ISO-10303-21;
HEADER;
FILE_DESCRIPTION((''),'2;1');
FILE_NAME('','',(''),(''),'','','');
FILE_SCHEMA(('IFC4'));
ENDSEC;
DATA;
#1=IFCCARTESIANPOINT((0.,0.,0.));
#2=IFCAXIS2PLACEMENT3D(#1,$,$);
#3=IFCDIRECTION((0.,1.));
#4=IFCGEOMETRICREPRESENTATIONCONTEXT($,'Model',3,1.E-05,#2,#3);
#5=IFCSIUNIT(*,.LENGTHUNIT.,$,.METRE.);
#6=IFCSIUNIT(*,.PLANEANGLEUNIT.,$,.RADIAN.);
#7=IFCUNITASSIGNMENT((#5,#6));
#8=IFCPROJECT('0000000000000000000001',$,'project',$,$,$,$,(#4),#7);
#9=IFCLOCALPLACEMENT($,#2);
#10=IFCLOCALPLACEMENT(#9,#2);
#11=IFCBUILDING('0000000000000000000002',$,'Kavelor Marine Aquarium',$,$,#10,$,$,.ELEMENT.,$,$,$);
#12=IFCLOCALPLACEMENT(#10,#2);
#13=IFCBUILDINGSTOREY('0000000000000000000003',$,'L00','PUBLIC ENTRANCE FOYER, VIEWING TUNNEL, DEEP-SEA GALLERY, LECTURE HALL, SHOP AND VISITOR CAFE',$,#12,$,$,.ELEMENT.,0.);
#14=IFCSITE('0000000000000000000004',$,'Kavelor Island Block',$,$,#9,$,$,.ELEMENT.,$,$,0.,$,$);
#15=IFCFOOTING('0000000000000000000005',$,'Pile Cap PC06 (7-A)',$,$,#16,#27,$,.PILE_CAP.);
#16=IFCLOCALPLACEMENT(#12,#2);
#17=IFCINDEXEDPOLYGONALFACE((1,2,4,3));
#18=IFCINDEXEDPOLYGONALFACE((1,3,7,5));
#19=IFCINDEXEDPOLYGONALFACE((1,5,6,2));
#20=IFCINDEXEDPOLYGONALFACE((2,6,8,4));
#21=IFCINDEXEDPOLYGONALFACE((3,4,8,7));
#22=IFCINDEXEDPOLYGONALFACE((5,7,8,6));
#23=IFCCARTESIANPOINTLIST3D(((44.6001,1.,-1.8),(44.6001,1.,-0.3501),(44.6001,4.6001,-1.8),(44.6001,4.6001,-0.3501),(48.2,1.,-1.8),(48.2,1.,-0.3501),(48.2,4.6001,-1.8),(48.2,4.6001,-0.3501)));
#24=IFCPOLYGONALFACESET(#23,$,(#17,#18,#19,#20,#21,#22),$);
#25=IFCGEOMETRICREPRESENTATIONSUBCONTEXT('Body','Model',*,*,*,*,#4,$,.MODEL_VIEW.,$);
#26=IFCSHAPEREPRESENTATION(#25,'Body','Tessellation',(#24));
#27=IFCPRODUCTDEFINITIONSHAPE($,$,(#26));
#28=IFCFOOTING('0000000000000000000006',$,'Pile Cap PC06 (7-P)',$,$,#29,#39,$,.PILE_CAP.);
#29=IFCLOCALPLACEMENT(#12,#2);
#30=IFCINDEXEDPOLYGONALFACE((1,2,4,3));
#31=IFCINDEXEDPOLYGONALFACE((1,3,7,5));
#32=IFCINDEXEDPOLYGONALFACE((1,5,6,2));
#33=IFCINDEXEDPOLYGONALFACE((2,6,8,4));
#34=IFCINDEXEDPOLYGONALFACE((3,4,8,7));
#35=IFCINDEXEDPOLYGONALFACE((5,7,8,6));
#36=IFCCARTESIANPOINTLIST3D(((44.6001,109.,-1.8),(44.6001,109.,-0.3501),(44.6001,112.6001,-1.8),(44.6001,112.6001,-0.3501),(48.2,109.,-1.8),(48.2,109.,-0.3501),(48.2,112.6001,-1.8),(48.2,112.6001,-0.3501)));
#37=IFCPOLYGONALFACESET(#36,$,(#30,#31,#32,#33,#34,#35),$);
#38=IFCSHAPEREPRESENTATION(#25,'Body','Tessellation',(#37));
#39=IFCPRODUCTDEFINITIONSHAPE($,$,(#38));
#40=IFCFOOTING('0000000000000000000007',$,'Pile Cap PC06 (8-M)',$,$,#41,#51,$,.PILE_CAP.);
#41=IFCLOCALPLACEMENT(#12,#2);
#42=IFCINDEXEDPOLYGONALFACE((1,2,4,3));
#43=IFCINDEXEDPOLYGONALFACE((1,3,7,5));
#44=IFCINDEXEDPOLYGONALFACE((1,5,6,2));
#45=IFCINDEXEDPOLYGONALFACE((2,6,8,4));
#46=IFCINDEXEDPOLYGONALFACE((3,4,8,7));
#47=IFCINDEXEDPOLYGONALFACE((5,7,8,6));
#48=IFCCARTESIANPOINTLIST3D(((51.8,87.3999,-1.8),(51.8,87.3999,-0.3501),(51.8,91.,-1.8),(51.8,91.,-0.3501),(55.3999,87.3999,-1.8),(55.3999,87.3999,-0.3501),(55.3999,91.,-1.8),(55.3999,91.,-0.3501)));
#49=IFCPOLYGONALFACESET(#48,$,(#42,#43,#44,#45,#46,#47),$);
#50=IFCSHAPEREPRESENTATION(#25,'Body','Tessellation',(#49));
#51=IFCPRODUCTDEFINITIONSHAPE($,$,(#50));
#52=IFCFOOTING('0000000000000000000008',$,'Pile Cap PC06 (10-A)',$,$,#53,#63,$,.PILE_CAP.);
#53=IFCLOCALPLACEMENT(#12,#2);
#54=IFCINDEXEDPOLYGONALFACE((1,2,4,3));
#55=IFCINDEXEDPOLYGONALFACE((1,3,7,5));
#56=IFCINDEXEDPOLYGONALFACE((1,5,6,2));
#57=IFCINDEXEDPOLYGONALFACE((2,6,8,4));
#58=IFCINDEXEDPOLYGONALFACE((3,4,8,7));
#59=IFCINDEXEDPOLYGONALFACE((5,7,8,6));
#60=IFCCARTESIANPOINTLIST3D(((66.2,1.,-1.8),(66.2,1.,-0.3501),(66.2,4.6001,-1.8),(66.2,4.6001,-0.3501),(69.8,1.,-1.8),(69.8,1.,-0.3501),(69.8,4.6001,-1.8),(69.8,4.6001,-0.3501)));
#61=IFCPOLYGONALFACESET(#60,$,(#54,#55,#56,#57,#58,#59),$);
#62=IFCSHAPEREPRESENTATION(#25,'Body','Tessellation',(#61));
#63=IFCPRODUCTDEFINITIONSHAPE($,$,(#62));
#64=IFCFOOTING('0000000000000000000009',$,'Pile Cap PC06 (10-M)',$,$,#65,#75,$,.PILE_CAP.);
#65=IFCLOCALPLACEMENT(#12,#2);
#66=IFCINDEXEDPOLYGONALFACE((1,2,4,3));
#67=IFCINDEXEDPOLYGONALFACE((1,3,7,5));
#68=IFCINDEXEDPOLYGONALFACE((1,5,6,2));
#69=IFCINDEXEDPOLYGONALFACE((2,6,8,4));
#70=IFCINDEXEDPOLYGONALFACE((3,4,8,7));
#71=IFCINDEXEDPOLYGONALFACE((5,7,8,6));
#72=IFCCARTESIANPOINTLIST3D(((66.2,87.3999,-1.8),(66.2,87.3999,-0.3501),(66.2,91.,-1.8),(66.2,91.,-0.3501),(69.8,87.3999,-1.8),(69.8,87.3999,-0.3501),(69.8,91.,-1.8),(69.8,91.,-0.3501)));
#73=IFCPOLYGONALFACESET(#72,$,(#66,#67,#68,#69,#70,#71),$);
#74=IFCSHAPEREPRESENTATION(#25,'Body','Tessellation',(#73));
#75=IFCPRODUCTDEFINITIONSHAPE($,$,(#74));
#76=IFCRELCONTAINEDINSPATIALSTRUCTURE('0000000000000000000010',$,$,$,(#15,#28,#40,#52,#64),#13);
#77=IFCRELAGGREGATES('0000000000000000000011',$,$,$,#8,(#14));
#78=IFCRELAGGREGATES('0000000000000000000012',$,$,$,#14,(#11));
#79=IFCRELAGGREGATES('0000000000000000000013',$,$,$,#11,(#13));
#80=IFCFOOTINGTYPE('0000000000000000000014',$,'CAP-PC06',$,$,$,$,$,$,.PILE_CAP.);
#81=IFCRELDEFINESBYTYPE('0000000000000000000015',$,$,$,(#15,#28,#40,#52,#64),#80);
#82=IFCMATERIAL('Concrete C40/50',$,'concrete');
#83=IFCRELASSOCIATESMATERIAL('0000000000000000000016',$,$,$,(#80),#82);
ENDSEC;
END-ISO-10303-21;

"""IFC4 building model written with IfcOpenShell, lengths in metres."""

from ifc_helpers import new_model, si_unit, direction, frame, origin, place, context, subcontext, project, spatial, polyline, outline, extrude, material, type_object, element, save


model = new_model("IFC4")

# Units and contexts
model_context = context("Model", 3, precision=1e-05, world=origin(), true_north=direction((0.0, 1.0)))
body_context = subcontext(model_context, "Body", "Model", "MODEL_VIEW")
ifc_project = project(units=[si_unit("LENGTHUNIT", "METRE"), si_unit("PLANEANGLEUNIT", "RADIAN")], contexts=[model_context])

# Site, building, storey
site_placement = place(None, origin())
site = spatial("IfcSite", under=ifc_project, at=site_placement, Name="Kavelor Island Block", CompositionType="ELEMENT", RefElevation=0.0)
building_placement = place(site_placement, origin())
building = spatial("IfcBuilding", under=site, at=building_placement, Name="Kavelor Marine Aquarium", CompositionType="ELEMENT")
storey_placement = place(building_placement, origin())
storey = spatial("IfcBuildingStorey", under=building, at=storey_placement, Name="L00", Description="PUBLIC ENTRANCE FOYER, VIEWING TUNNEL, DEEP-SEA GALLERY, LECTURE HALL, SHOP AND VISITOR CAFE", CompositionType="ELEMENT", Elevation=0.0)

# Footings
ifc_material_1 = material(Name="Concrete C40/50", Category="concrete")
footing_type_1 = type_object("IfcFootingType", Name="CAP-PC06", PredefinedType="PILE_CAP", material=ifc_material_1)
footing_1_placement = place(storey_placement, frame((0.0, 0.0, -1.8)))
element("IfcFooting", 1, at=footing_1_placement, inside=storey, type_object=footing_type_1, Name="Pile Cap PC06 (7-A)", PredefinedType="PILE_CAP", context=body_context, shape_type="SweptSolid", body=[
    extrude(outline(polyline([(44.6001, 1.0), (48.2, 1.0), (48.2, 4.6001), (44.6001, 4.6001), (44.6001, 1.0)])), origin(), (0.0, 0.0, 1.0), 1.45),
])
footing_2_placement = place(storey_placement, frame((0.0, 0.0, -1.8)))
element("IfcFooting", 2, at=footing_2_placement, inside=storey, type_object=footing_type_1, Name="Pile Cap PC06 (7-P)", PredefinedType="PILE_CAP", context=body_context, shape_type="SweptSolid", body=[
    extrude(outline(polyline([(44.6001, 109.0), (48.2, 109.0), (48.2, 112.6001), (44.6001, 112.6001), (44.6001, 109.0)])), origin(), (0.0, 0.0, 1.0), 1.45),
])
footing_3_placement = place(storey_placement, frame((0.0, 0.0, -1.8)))
element("IfcFooting", 3, at=footing_3_placement, inside=storey, type_object=footing_type_1, Name="Pile Cap PC06 (8-M)", PredefinedType="PILE_CAP", context=body_context, shape_type="SweptSolid", body=[
    extrude(outline(polyline([(51.8, 87.3999), (55.3999, 87.3999), (55.3999, 91.0), (51.8, 91.0), (51.8, 87.3999)])), origin(), (0.0, 0.0, 1.0), 1.45),
])
footing_4_placement = place(storey_placement, frame((0.0, 0.0, -1.8)))
element("IfcFooting", 4, at=footing_4_placement, inside=storey, type_object=footing_type_1, Name="Pile Cap PC06 (10-A)", PredefinedType="PILE_CAP", context=body_context, shape_type="SweptSolid", body=[
    extrude(outline(polyline([(66.2, 1.0), (69.8, 1.0), (69.8, 4.6001), (66.2, 4.6001), (66.2, 1.0)])), origin(), (0.0, 0.0, 1.0), 1.45),
])
footing_5_placement = place(storey_placement, frame((0.0, 0.0, -1.8)))
element("IfcFooting", 5, at=footing_5_placement, inside=storey, type_object=footing_type_1, Name="Pile Cap PC06 (10-M)", PredefinedType="PILE_CAP", context=body_context, shape_type="SweptSolid", body=[
    extrude(outline(polyline([(66.2, 87.3999), (69.8, 87.3999), (69.8, 91.0), (66.2, 91.0), (66.2, 87.3999)])), origin(), (0.0, 0.0, 1.0), 1.45),
])

save(model, "model.ifc")
